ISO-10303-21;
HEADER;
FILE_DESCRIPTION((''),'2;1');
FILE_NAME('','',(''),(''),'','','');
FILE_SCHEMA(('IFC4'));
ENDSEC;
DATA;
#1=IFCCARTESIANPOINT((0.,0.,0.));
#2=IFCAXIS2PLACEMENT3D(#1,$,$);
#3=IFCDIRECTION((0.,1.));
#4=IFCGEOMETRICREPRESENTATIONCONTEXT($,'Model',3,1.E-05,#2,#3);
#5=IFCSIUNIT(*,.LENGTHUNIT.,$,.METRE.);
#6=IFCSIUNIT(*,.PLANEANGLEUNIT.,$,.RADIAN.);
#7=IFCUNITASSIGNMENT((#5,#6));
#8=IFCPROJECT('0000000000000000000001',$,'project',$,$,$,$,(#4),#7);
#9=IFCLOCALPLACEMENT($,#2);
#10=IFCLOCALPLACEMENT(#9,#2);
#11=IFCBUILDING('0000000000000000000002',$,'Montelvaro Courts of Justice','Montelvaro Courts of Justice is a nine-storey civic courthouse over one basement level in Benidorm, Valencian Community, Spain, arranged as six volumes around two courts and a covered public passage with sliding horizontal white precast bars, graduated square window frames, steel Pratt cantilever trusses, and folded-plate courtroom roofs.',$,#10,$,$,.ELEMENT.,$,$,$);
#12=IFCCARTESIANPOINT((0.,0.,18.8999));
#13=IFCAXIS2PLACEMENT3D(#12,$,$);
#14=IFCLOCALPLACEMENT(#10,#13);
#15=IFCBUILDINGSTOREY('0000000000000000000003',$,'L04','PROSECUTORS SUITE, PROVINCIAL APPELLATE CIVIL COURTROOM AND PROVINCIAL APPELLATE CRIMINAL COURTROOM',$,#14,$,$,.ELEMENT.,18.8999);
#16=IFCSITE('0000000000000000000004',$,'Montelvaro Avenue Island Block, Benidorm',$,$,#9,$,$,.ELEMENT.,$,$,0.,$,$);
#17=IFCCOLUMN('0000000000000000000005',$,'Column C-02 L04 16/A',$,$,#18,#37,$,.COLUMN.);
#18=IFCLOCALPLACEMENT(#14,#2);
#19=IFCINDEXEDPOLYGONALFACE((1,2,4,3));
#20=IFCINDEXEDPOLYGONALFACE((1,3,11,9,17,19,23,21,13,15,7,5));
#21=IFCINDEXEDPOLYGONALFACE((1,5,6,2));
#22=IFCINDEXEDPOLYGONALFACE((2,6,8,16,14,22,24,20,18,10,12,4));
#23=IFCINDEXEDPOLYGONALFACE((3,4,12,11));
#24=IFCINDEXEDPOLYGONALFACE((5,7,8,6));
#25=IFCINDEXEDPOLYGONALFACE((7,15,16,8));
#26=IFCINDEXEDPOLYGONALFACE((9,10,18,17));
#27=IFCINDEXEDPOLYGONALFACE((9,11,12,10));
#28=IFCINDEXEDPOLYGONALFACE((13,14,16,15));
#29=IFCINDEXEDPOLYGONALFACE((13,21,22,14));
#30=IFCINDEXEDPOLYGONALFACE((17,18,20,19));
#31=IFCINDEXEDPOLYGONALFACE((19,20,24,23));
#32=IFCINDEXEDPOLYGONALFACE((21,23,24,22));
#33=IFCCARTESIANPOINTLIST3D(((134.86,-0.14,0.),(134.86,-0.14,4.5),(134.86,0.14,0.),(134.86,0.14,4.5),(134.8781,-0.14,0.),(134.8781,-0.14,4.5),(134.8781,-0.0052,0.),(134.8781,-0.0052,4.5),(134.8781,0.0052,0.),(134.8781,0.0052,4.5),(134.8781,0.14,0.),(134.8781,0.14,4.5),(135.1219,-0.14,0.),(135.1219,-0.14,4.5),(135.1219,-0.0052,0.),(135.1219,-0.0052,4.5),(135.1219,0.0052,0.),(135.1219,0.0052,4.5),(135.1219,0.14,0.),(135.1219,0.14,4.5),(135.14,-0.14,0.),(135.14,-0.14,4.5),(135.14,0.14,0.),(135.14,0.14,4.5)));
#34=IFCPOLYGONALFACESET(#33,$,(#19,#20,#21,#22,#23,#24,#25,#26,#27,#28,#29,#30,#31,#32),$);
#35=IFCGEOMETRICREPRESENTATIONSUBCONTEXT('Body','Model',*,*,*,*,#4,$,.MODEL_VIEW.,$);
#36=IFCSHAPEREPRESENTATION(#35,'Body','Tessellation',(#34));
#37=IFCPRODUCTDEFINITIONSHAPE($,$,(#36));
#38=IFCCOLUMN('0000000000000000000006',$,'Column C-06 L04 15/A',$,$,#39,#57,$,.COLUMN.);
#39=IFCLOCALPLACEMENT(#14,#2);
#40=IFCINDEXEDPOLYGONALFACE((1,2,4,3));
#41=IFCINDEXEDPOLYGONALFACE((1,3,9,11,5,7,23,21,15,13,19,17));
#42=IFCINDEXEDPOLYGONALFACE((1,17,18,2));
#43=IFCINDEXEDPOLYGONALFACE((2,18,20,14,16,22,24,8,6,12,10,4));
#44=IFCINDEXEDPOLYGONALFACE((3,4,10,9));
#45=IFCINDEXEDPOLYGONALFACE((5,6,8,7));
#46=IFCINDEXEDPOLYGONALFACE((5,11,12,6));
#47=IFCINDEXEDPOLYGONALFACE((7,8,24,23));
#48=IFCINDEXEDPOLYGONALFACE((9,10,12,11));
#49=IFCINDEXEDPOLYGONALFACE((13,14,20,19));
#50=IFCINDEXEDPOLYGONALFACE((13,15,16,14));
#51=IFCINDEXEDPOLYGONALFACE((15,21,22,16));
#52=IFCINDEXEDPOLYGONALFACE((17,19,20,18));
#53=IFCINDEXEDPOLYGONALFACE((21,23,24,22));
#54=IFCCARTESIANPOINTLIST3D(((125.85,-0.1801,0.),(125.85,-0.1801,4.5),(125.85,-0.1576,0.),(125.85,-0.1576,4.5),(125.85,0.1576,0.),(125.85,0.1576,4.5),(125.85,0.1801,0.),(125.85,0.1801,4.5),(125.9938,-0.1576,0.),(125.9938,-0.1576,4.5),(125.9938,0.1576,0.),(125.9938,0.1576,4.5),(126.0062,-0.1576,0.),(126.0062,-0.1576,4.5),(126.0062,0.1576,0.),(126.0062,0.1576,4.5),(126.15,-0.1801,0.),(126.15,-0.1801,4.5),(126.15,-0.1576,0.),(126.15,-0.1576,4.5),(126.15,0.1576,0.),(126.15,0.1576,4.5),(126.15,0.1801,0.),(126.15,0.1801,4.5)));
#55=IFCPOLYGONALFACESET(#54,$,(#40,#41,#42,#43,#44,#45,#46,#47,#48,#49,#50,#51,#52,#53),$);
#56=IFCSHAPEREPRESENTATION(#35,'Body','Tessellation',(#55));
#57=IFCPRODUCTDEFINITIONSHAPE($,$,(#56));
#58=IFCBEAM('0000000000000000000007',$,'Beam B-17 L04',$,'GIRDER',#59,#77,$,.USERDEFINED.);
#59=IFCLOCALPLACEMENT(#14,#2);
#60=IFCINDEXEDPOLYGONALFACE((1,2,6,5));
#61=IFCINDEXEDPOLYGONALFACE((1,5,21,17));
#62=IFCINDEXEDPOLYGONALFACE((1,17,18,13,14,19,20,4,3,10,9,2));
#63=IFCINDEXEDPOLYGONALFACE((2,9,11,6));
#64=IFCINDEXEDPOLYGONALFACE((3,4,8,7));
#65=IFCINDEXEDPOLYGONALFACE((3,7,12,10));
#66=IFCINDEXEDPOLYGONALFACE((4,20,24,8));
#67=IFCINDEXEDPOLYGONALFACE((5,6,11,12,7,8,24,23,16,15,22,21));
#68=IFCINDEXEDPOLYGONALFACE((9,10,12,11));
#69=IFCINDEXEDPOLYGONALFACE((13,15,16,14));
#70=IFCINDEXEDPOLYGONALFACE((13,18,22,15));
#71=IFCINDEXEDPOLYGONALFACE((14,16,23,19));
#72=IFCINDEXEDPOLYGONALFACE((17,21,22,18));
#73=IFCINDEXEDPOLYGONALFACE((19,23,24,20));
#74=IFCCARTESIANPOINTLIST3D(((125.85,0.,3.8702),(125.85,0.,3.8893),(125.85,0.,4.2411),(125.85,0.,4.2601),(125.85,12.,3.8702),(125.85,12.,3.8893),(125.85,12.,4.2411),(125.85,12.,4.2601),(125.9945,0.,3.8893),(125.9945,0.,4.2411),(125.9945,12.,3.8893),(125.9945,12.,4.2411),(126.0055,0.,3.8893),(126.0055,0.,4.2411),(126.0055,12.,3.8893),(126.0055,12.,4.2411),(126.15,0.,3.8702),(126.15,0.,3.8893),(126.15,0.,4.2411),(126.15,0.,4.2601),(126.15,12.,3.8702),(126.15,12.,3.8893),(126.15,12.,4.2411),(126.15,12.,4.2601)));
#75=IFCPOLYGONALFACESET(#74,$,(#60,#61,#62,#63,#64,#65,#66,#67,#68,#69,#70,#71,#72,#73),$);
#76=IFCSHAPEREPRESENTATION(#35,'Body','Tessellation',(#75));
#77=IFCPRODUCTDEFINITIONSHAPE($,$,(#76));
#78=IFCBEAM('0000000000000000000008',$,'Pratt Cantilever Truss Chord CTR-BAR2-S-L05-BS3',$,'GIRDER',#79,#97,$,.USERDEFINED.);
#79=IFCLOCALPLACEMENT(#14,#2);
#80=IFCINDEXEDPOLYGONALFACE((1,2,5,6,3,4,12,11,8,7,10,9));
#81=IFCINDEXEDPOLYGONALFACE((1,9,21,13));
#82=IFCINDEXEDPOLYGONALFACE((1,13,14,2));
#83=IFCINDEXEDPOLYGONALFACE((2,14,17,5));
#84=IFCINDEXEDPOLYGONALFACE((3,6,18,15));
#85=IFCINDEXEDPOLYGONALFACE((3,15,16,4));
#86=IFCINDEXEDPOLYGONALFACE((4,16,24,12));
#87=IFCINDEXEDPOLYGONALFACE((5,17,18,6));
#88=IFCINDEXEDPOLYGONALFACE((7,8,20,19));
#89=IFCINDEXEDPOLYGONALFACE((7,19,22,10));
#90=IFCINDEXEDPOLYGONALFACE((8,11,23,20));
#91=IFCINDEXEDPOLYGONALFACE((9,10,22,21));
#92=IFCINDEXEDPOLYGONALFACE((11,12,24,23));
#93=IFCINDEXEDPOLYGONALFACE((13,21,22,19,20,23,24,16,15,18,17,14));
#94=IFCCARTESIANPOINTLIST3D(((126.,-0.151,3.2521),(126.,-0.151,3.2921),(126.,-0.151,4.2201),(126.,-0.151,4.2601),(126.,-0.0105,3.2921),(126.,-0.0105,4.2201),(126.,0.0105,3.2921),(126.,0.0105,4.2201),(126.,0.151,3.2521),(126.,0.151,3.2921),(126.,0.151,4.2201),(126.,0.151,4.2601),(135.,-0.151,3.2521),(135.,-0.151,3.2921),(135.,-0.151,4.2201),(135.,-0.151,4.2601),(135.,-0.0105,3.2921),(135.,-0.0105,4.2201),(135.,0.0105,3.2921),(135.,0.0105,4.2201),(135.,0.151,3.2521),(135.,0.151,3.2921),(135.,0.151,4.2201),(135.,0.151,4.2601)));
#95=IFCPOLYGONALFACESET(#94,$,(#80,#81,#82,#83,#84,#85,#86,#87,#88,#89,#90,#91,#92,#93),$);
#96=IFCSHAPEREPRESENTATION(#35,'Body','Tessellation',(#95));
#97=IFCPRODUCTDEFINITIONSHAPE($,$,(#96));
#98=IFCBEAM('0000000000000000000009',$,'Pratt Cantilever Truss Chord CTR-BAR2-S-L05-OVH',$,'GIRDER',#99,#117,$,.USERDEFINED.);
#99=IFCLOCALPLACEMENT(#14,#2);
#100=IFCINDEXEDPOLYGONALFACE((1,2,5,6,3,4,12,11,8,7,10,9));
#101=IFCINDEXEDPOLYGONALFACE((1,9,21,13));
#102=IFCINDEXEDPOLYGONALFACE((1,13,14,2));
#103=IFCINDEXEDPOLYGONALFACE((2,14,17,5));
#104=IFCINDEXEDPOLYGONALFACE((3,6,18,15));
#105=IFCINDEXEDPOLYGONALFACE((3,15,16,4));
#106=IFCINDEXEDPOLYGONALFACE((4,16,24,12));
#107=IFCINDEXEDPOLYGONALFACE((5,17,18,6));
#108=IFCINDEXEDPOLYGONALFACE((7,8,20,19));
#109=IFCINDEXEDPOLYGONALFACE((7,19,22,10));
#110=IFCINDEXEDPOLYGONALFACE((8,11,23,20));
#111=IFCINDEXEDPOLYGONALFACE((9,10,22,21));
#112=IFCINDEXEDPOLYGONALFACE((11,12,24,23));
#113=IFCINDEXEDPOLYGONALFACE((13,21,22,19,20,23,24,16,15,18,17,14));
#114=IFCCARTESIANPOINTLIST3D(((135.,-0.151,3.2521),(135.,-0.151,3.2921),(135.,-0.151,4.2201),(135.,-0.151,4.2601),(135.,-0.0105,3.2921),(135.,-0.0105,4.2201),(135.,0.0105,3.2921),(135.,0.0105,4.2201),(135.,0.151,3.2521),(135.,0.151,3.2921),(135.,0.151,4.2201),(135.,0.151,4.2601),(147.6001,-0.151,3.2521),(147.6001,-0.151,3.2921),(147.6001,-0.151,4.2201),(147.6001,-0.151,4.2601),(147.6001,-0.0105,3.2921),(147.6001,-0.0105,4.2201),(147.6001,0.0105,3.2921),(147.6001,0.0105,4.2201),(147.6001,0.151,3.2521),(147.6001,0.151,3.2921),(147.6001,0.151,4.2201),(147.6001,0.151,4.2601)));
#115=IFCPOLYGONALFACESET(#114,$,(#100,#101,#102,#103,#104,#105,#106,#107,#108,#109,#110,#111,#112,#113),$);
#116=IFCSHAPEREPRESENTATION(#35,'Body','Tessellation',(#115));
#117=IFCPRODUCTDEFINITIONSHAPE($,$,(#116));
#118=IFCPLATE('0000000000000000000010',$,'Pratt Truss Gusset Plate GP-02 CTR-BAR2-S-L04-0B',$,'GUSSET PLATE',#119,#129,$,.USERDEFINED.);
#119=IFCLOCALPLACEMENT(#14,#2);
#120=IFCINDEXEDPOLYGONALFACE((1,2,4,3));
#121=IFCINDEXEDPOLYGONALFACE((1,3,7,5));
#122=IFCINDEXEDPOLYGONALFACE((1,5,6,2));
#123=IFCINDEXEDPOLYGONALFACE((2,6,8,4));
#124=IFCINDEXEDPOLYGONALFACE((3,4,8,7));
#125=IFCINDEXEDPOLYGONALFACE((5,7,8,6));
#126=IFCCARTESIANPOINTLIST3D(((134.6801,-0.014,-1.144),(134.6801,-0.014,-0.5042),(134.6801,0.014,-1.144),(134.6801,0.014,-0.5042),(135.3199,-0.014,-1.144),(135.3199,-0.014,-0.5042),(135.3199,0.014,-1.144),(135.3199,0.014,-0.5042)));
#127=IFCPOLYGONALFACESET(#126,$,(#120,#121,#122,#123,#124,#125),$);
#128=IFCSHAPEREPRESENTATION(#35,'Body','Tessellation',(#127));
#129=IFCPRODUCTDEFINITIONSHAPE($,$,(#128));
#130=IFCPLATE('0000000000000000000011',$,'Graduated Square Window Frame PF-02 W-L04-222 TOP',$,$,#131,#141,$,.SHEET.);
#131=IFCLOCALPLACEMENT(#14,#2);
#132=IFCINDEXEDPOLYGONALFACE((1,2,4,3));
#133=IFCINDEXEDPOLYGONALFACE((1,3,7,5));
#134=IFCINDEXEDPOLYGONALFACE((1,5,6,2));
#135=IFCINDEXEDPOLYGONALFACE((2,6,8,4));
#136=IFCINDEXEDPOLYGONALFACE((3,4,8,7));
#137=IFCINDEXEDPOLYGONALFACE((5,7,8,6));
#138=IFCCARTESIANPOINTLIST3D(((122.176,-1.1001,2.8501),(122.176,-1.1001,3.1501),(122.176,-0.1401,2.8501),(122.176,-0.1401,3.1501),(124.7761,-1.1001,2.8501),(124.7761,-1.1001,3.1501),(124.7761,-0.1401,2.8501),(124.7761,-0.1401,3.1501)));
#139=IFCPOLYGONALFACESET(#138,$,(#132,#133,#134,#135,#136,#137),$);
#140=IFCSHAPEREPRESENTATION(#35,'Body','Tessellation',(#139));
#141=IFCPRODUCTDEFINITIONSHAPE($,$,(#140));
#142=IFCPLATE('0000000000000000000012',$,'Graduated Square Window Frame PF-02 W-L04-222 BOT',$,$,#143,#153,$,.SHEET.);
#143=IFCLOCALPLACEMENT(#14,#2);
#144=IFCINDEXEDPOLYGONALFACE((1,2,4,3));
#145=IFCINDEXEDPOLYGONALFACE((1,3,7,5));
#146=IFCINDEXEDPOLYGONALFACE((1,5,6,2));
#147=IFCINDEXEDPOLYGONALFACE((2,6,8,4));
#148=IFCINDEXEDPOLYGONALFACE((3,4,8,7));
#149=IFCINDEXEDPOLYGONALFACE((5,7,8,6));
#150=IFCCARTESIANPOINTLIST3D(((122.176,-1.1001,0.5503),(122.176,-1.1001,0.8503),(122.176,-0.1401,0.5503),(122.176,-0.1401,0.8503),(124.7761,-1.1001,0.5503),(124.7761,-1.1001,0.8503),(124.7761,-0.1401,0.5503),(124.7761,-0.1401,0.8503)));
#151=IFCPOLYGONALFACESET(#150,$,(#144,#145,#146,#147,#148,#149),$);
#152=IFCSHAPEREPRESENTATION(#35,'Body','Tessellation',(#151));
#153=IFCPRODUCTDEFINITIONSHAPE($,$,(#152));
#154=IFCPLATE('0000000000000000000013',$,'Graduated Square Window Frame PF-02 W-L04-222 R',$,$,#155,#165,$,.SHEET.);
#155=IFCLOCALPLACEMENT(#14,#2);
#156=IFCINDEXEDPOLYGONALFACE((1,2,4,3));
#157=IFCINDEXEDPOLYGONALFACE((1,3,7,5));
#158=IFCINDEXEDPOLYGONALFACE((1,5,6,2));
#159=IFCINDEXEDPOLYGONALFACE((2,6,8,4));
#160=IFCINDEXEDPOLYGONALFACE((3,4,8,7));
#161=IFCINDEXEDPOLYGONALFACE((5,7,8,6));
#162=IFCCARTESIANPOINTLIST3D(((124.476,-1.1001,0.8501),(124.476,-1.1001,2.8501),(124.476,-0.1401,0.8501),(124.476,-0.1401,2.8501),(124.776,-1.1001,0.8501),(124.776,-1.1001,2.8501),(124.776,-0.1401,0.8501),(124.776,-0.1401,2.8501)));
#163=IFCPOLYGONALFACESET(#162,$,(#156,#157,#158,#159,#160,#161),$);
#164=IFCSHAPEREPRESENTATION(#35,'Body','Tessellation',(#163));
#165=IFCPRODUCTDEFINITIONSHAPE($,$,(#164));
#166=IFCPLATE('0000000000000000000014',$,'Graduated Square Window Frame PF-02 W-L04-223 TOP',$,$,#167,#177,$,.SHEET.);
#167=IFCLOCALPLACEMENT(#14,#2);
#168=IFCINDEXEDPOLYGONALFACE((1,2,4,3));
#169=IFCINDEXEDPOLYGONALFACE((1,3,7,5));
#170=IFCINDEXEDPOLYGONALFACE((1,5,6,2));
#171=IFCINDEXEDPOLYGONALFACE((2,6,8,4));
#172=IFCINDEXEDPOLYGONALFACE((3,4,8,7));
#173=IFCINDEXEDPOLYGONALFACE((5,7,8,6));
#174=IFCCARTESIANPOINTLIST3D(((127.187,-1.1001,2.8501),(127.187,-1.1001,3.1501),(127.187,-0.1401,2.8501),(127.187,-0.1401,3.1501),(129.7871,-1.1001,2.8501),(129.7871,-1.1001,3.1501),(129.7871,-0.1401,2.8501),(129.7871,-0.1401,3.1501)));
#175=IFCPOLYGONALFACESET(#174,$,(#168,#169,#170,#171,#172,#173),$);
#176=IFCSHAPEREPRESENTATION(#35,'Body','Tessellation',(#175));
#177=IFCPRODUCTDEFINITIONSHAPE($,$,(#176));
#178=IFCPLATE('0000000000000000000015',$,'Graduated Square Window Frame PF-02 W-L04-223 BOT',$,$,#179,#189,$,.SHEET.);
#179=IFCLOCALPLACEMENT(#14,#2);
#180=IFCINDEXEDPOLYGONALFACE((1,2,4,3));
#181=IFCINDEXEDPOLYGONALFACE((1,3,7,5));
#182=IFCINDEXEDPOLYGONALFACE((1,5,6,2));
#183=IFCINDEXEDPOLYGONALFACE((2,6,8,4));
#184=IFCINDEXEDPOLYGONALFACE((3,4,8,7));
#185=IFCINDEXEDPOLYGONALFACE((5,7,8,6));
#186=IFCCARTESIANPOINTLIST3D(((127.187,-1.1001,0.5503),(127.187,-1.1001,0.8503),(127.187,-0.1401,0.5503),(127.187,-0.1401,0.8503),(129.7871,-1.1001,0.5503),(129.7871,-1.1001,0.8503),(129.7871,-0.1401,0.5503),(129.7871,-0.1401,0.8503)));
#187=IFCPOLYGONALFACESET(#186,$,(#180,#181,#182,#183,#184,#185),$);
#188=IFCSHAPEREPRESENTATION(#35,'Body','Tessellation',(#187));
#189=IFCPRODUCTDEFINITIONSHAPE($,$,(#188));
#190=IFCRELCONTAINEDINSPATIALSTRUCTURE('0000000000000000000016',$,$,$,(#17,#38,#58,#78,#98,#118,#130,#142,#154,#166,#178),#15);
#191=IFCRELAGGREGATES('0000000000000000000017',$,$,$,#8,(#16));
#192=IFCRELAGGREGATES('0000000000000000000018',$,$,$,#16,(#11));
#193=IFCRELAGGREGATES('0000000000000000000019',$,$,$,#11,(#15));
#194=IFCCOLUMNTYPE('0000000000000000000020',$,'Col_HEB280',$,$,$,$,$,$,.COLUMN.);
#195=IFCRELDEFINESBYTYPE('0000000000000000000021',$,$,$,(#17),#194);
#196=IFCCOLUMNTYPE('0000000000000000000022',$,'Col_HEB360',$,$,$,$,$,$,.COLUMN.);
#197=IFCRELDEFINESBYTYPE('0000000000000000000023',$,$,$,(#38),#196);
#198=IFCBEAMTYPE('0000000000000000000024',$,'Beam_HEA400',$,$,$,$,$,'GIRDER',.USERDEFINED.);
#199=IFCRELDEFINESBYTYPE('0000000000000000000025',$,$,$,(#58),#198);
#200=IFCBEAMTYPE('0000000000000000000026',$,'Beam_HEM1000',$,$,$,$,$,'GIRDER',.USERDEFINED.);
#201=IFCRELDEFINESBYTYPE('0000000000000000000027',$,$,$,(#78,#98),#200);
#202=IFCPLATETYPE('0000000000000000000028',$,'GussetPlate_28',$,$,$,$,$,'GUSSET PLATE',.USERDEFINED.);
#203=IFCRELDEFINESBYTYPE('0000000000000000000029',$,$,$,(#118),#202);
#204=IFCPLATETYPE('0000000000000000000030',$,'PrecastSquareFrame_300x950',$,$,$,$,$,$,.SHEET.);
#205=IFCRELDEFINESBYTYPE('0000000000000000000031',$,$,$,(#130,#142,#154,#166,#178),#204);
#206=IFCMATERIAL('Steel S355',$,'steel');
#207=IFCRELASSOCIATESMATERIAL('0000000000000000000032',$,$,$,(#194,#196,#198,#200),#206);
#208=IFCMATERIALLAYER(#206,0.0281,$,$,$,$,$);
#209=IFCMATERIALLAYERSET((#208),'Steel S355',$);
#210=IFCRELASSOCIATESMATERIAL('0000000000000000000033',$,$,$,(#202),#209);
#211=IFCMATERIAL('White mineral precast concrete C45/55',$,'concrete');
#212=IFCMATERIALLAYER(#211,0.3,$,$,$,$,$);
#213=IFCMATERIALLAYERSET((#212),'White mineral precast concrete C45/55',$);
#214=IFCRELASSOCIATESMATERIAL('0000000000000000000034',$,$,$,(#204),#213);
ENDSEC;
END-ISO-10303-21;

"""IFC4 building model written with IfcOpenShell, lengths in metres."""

from ifc_helpers import new_model, si_unit, direction, frame, origin, origin_2d, place, context, subcontext, project, spatial, rectangle, i_section, extrude, material, layer, layer_set, material_profile, profile_set, type_object, element, save


model = new_model("IFC4")

# Units and contexts
model_context = context("Model", 3, precision=1e-05, world=origin(), true_north=direction((0.0, 1.0)))
body_context = subcontext(model_context, "Body", "Model", "MODEL_VIEW")
ifc_project = project(units=[si_unit("LENGTHUNIT", "METRE"), si_unit("PLANEANGLEUNIT", "RADIAN")], contexts=[model_context])

# Site, building, storey
site_placement = place(None, origin())
site = spatial("IfcSite", under=ifc_project, at=site_placement, Name="Montelvaro Avenue Island Block, Benidorm", CompositionType="ELEMENT", RefElevation=0.0)
building_placement = place(site_placement, origin())
building = spatial("IfcBuilding", under=site, at=building_placement, Name="Montelvaro Courts of Justice", Description="Montelvaro Courts of Justice is a nine-storey civic courthouse over one basement level in Benidorm, Valencian Community, Spain, arranged as six volumes around two courts and a covered public passage with sliding horizontal white precast bars, graduated square window frames, steel Pratt cantilever trusses, and folded-plate courtroom roofs.", CompositionType="ELEMENT")
storey_placement = place(building_placement, frame((0.0, 0.0, 18.8999)))
storey = spatial("IfcBuildingStorey", under=building, at=storey_placement, Name="L04", Description="PROSECUTORS SUITE, PROVINCIAL APPELLATE CIVIL COURTROOM AND PROVINCIAL APPELLATE CRIMINAL COURTROOM", CompositionType="ELEMENT", Elevation=18.8999)

# Columns
ifc_material_1 = material(Name="Steel S355", Category="steel")
ifc_material_profile_1 = material_profile(ifc_material_1, i_section(OverallWidth=0.28, OverallDepth=0.28, WebThickness=0.0105, FlangeThickness=0.0181, at=origin_2d()), Name="HEB 280")
ifc_profile_set_1 = profile_set([ifc_material_profile_1], Name="Steel S355")
column_type_1 = type_object("IfcColumnType", Name="Col_HEB280", PredefinedType="COLUMN", material=ifc_profile_set_1)
column_1_placement = place(storey_placement, frame((135.0, 0.0, 0.0), z_axis=(0.0, 0.0, 1.0), x_axis=(0.0, 1.0, 0.0)))
element("IfcColumn", 1, at=column_1_placement, inside=storey, type_object=column_type_1, Name="Column C-02 L04 16/A", PredefinedType="COLUMN", context=body_context, shape_type="SweptSolid", body=[
    extrude(i_section(OverallWidth=0.28, OverallDepth=0.28, WebThickness=0.0105, FlangeThickness=0.0181, at=origin_2d()), origin(), (0.0, 0.0, 1.0), 4.5),
])
ifc_material_profile_2 = material_profile(ifc_material_1, i_section(OverallWidth=0.3, OverallDepth=0.3601, WebThickness=0.0125, FlangeThickness=0.0225, at=origin_2d()), Name="HEB 360")
ifc_profile_set_2 = profile_set([ifc_material_profile_2], Name="Steel S355")
column_type_2 = type_object("IfcColumnType", Name="Col_HEB360", PredefinedType="COLUMN", material=ifc_profile_set_2)
column_2_placement = place(storey_placement, frame((126.0, 0.0, 0.0), z_axis=(0.0, 0.0, 1.0), x_axis=(1.0, 0.0, 0.0)))
element("IfcColumn", 2, at=column_2_placement, inside=storey, type_object=column_type_2, Name="Column C-06 L04 15/A", PredefinedType="COLUMN", context=body_context, shape_type="SweptSolid", body=[
    extrude(i_section(OverallWidth=0.3, OverallDepth=0.3601, WebThickness=0.0125, FlangeThickness=0.0225, at=origin_2d()), origin(), (0.0, 0.0, 1.0), 4.5),
])

# Beams
ifc_material_profile_3 = material_profile(ifc_material_1, i_section(OverallWidth=0.3, OverallDepth=0.3899, WebThickness=0.011, FlangeThickness=0.019, at=origin_2d()), Name="HEA 400")
ifc_profile_set_3 = profile_set([ifc_material_profile_3], Name="Steel S355")
beam_type_1 = type_object("IfcBeamType", Name="Beam_HEA400", ElementType="GIRDER", PredefinedType="USERDEFINED", material=ifc_profile_set_3)
beam_1_placement = place(storey_placement, frame((126.0, 0.0, 4.0652), z_axis=(0.0, 1.0, 0.0), x_axis=(-1.0, 0.0, 0.0)))
element("IfcBeam", 3, at=beam_1_placement, inside=storey, type_object=beam_type_1, Name="Beam B-17 L04", ObjectType="GIRDER", PredefinedType="USERDEFINED", context=body_context, shape_type="SweptSolid", body=[
    extrude(i_section(OverallWidth=0.3, OverallDepth=0.3899, WebThickness=0.011, FlangeThickness=0.019, at=origin_2d()), origin(), (0.0, 0.0, 1.0), 12.0),
])
ifc_material_profile_4 = material_profile(ifc_material_1, i_section(OverallWidth=0.302, OverallDepth=1.0081, WebThickness=0.021, FlangeThickness=0.04, at=origin_2d()), Name="HEM 1000")
ifc_profile_set_4 = profile_set([ifc_material_profile_4], Name="Steel S355")
beam_type_2 = type_object("IfcBeamType", Name="Beam_HEM1000", ElementType="GIRDER", PredefinedType="USERDEFINED", material=ifc_profile_set_4)
beam_2_placement = place(storey_placement, frame((126.0, 0.0, 3.7561), z_axis=(1.0, 0.0, 0.0), x_axis=(0.0, 1.0, 0.0)))
element("IfcBeam", 4, at=beam_2_placement, inside=storey, type_object=beam_type_2, Name="Pratt Cantilever Truss Chord CTR-BAR2-S-L05-BS3", ObjectType="GIRDER", PredefinedType="USERDEFINED", context=body_context, shape_type="SweptSolid", body=[
    extrude(i_section(OverallWidth=0.302, OverallDepth=1.0081, WebThickness=0.021, FlangeThickness=0.04, at=origin_2d()), origin(), (0.0, 0.0, 1.0), 9.0),
])
beam_3_placement = place(storey_placement, frame((135.0, 0.0, 3.7561), z_axis=(1.0, 0.0, 0.0), x_axis=(0.0, 1.0, 0.0)))
element("IfcBeam", 5, at=beam_3_placement, inside=storey, type_object=beam_type_2, Name="Pratt Cantilever Truss Chord CTR-BAR2-S-L05-OVH", ObjectType="GIRDER", PredefinedType="USERDEFINED", context=body_context, shape_type="SweptSolid", body=[
    extrude(i_section(OverallWidth=0.302, OverallDepth=1.0081, WebThickness=0.021, FlangeThickness=0.04, at=origin_2d()), origin(), (0.0, 0.0, 1.0), 12.6001),
])

# Plates
ifc_layer_1 = layer(ifc_material_1, 0.0281)
ifc_layer_set_1 = layer_set([ifc_layer_1], Name="Steel S355")
plate_type_1 = type_object("IfcPlateType", Name="GussetPlate_28", ElementType="GUSSET PLATE", PredefinedType="USERDEFINED", material=ifc_layer_set_1)
plate_1_placement = place(storey_placement, frame((135.0, 0.0, -1.144), z_axis=(0.0, 0.0, 1.0), x_axis=(1.0, 0.0, 0.0)))
element("IfcPlate", 6, at=plate_1_placement, inside=storey, type_object=plate_type_1, Name="Pratt Truss Gusset Plate GP-02 CTR-BAR2-S-L04-0B", ObjectType="GUSSET PLATE", PredefinedType="USERDEFINED", context=body_context, shape_type="SweptSolid", body=[
    extrude(rectangle(XDim=0.6399, YDim=0.0281, at=origin_2d()), origin(), (0.0, 0.0, 1.0), 0.6399),
])
ifc_material_2 = material(Name="White mineral precast concrete C45/55", Category="concrete")
ifc_layer_2 = layer(ifc_material_2, 0.3)
ifc_layer_set_2 = layer_set([ifc_layer_2], Name="White mineral precast concrete C45/55")
plate_type_2 = type_object("IfcPlateType", Name="PrecastSquareFrame_300x950", PredefinedType="SHEET", material=ifc_layer_set_2)
for number, where, z_axis, x_axis, name in (
    (7, (123.4761, -0.6201, 2.8501), (0.0, 0.0, 1.0), (1.0, 0.0, 0.0), "Graduated Square Window Frame PF-02 W-L04-222 TOP"),
    (8, (123.4761, -0.6201, 0.5503), (0.0, 0.0, 1.0), (1.0, 0.0, 0.0), "Graduated Square Window Frame PF-02 W-L04-222 BOT"),
):
    element("IfcPlate", number, at=place(storey_placement, frame(where, z_axis=z_axis, x_axis=x_axis)), inside=storey, type_object=plate_type_2, Name=name, PredefinedType="SHEET", context=body_context, shape_type="SweptSolid", body=[
        extrude(rectangle(XDim=2.6001, YDim=0.96, at=origin_2d()), origin(), (0.0, 0.0, 1.0), 0.3),
    ])
plate_2_placement = place(storey_placement, frame((124.626, -0.6201, 0.8501), z_axis=(0.0, 0.0, 1.0), x_axis=(1.0, 0.0, 0.0)))
element("IfcPlate", 9, at=plate_2_placement, inside=storey, type_object=plate_type_2, Name="Graduated Square Window Frame PF-02 W-L04-222 R", PredefinedType="SHEET", context=body_context, shape_type="SweptSolid", body=[
    extrude(rectangle(XDim=0.3, YDim=0.96, at=origin_2d()), origin(), (0.0, 0.0, 1.0), 2.0),
])
for number, where, z_axis, x_axis, name in (
    (10, (128.4871, -0.6201, 2.8501), (0.0, 0.0, 1.0), (1.0, 0.0, 0.0), "Graduated Square Window Frame PF-02 W-L04-223 TOP"),
    (11, (128.4871, -0.6201, 0.5503), (0.0, 0.0, 1.0), (1.0, 0.0, 0.0), "Graduated Square Window Frame PF-02 W-L04-223 BOT"),
):
    element("IfcPlate", number, at=place(storey_placement, frame(where, z_axis=z_axis, x_axis=x_axis)), inside=storey, type_object=plate_type_2, Name=name, PredefinedType="SHEET", context=body_context, shape_type="SweptSolid", body=[
        extrude(rectangle(XDim=2.6001, YDim=0.96, at=origin_2d()), origin(), (0.0, 0.0, 1.0), 0.3),
    ])

save(model, "model.ifc")
